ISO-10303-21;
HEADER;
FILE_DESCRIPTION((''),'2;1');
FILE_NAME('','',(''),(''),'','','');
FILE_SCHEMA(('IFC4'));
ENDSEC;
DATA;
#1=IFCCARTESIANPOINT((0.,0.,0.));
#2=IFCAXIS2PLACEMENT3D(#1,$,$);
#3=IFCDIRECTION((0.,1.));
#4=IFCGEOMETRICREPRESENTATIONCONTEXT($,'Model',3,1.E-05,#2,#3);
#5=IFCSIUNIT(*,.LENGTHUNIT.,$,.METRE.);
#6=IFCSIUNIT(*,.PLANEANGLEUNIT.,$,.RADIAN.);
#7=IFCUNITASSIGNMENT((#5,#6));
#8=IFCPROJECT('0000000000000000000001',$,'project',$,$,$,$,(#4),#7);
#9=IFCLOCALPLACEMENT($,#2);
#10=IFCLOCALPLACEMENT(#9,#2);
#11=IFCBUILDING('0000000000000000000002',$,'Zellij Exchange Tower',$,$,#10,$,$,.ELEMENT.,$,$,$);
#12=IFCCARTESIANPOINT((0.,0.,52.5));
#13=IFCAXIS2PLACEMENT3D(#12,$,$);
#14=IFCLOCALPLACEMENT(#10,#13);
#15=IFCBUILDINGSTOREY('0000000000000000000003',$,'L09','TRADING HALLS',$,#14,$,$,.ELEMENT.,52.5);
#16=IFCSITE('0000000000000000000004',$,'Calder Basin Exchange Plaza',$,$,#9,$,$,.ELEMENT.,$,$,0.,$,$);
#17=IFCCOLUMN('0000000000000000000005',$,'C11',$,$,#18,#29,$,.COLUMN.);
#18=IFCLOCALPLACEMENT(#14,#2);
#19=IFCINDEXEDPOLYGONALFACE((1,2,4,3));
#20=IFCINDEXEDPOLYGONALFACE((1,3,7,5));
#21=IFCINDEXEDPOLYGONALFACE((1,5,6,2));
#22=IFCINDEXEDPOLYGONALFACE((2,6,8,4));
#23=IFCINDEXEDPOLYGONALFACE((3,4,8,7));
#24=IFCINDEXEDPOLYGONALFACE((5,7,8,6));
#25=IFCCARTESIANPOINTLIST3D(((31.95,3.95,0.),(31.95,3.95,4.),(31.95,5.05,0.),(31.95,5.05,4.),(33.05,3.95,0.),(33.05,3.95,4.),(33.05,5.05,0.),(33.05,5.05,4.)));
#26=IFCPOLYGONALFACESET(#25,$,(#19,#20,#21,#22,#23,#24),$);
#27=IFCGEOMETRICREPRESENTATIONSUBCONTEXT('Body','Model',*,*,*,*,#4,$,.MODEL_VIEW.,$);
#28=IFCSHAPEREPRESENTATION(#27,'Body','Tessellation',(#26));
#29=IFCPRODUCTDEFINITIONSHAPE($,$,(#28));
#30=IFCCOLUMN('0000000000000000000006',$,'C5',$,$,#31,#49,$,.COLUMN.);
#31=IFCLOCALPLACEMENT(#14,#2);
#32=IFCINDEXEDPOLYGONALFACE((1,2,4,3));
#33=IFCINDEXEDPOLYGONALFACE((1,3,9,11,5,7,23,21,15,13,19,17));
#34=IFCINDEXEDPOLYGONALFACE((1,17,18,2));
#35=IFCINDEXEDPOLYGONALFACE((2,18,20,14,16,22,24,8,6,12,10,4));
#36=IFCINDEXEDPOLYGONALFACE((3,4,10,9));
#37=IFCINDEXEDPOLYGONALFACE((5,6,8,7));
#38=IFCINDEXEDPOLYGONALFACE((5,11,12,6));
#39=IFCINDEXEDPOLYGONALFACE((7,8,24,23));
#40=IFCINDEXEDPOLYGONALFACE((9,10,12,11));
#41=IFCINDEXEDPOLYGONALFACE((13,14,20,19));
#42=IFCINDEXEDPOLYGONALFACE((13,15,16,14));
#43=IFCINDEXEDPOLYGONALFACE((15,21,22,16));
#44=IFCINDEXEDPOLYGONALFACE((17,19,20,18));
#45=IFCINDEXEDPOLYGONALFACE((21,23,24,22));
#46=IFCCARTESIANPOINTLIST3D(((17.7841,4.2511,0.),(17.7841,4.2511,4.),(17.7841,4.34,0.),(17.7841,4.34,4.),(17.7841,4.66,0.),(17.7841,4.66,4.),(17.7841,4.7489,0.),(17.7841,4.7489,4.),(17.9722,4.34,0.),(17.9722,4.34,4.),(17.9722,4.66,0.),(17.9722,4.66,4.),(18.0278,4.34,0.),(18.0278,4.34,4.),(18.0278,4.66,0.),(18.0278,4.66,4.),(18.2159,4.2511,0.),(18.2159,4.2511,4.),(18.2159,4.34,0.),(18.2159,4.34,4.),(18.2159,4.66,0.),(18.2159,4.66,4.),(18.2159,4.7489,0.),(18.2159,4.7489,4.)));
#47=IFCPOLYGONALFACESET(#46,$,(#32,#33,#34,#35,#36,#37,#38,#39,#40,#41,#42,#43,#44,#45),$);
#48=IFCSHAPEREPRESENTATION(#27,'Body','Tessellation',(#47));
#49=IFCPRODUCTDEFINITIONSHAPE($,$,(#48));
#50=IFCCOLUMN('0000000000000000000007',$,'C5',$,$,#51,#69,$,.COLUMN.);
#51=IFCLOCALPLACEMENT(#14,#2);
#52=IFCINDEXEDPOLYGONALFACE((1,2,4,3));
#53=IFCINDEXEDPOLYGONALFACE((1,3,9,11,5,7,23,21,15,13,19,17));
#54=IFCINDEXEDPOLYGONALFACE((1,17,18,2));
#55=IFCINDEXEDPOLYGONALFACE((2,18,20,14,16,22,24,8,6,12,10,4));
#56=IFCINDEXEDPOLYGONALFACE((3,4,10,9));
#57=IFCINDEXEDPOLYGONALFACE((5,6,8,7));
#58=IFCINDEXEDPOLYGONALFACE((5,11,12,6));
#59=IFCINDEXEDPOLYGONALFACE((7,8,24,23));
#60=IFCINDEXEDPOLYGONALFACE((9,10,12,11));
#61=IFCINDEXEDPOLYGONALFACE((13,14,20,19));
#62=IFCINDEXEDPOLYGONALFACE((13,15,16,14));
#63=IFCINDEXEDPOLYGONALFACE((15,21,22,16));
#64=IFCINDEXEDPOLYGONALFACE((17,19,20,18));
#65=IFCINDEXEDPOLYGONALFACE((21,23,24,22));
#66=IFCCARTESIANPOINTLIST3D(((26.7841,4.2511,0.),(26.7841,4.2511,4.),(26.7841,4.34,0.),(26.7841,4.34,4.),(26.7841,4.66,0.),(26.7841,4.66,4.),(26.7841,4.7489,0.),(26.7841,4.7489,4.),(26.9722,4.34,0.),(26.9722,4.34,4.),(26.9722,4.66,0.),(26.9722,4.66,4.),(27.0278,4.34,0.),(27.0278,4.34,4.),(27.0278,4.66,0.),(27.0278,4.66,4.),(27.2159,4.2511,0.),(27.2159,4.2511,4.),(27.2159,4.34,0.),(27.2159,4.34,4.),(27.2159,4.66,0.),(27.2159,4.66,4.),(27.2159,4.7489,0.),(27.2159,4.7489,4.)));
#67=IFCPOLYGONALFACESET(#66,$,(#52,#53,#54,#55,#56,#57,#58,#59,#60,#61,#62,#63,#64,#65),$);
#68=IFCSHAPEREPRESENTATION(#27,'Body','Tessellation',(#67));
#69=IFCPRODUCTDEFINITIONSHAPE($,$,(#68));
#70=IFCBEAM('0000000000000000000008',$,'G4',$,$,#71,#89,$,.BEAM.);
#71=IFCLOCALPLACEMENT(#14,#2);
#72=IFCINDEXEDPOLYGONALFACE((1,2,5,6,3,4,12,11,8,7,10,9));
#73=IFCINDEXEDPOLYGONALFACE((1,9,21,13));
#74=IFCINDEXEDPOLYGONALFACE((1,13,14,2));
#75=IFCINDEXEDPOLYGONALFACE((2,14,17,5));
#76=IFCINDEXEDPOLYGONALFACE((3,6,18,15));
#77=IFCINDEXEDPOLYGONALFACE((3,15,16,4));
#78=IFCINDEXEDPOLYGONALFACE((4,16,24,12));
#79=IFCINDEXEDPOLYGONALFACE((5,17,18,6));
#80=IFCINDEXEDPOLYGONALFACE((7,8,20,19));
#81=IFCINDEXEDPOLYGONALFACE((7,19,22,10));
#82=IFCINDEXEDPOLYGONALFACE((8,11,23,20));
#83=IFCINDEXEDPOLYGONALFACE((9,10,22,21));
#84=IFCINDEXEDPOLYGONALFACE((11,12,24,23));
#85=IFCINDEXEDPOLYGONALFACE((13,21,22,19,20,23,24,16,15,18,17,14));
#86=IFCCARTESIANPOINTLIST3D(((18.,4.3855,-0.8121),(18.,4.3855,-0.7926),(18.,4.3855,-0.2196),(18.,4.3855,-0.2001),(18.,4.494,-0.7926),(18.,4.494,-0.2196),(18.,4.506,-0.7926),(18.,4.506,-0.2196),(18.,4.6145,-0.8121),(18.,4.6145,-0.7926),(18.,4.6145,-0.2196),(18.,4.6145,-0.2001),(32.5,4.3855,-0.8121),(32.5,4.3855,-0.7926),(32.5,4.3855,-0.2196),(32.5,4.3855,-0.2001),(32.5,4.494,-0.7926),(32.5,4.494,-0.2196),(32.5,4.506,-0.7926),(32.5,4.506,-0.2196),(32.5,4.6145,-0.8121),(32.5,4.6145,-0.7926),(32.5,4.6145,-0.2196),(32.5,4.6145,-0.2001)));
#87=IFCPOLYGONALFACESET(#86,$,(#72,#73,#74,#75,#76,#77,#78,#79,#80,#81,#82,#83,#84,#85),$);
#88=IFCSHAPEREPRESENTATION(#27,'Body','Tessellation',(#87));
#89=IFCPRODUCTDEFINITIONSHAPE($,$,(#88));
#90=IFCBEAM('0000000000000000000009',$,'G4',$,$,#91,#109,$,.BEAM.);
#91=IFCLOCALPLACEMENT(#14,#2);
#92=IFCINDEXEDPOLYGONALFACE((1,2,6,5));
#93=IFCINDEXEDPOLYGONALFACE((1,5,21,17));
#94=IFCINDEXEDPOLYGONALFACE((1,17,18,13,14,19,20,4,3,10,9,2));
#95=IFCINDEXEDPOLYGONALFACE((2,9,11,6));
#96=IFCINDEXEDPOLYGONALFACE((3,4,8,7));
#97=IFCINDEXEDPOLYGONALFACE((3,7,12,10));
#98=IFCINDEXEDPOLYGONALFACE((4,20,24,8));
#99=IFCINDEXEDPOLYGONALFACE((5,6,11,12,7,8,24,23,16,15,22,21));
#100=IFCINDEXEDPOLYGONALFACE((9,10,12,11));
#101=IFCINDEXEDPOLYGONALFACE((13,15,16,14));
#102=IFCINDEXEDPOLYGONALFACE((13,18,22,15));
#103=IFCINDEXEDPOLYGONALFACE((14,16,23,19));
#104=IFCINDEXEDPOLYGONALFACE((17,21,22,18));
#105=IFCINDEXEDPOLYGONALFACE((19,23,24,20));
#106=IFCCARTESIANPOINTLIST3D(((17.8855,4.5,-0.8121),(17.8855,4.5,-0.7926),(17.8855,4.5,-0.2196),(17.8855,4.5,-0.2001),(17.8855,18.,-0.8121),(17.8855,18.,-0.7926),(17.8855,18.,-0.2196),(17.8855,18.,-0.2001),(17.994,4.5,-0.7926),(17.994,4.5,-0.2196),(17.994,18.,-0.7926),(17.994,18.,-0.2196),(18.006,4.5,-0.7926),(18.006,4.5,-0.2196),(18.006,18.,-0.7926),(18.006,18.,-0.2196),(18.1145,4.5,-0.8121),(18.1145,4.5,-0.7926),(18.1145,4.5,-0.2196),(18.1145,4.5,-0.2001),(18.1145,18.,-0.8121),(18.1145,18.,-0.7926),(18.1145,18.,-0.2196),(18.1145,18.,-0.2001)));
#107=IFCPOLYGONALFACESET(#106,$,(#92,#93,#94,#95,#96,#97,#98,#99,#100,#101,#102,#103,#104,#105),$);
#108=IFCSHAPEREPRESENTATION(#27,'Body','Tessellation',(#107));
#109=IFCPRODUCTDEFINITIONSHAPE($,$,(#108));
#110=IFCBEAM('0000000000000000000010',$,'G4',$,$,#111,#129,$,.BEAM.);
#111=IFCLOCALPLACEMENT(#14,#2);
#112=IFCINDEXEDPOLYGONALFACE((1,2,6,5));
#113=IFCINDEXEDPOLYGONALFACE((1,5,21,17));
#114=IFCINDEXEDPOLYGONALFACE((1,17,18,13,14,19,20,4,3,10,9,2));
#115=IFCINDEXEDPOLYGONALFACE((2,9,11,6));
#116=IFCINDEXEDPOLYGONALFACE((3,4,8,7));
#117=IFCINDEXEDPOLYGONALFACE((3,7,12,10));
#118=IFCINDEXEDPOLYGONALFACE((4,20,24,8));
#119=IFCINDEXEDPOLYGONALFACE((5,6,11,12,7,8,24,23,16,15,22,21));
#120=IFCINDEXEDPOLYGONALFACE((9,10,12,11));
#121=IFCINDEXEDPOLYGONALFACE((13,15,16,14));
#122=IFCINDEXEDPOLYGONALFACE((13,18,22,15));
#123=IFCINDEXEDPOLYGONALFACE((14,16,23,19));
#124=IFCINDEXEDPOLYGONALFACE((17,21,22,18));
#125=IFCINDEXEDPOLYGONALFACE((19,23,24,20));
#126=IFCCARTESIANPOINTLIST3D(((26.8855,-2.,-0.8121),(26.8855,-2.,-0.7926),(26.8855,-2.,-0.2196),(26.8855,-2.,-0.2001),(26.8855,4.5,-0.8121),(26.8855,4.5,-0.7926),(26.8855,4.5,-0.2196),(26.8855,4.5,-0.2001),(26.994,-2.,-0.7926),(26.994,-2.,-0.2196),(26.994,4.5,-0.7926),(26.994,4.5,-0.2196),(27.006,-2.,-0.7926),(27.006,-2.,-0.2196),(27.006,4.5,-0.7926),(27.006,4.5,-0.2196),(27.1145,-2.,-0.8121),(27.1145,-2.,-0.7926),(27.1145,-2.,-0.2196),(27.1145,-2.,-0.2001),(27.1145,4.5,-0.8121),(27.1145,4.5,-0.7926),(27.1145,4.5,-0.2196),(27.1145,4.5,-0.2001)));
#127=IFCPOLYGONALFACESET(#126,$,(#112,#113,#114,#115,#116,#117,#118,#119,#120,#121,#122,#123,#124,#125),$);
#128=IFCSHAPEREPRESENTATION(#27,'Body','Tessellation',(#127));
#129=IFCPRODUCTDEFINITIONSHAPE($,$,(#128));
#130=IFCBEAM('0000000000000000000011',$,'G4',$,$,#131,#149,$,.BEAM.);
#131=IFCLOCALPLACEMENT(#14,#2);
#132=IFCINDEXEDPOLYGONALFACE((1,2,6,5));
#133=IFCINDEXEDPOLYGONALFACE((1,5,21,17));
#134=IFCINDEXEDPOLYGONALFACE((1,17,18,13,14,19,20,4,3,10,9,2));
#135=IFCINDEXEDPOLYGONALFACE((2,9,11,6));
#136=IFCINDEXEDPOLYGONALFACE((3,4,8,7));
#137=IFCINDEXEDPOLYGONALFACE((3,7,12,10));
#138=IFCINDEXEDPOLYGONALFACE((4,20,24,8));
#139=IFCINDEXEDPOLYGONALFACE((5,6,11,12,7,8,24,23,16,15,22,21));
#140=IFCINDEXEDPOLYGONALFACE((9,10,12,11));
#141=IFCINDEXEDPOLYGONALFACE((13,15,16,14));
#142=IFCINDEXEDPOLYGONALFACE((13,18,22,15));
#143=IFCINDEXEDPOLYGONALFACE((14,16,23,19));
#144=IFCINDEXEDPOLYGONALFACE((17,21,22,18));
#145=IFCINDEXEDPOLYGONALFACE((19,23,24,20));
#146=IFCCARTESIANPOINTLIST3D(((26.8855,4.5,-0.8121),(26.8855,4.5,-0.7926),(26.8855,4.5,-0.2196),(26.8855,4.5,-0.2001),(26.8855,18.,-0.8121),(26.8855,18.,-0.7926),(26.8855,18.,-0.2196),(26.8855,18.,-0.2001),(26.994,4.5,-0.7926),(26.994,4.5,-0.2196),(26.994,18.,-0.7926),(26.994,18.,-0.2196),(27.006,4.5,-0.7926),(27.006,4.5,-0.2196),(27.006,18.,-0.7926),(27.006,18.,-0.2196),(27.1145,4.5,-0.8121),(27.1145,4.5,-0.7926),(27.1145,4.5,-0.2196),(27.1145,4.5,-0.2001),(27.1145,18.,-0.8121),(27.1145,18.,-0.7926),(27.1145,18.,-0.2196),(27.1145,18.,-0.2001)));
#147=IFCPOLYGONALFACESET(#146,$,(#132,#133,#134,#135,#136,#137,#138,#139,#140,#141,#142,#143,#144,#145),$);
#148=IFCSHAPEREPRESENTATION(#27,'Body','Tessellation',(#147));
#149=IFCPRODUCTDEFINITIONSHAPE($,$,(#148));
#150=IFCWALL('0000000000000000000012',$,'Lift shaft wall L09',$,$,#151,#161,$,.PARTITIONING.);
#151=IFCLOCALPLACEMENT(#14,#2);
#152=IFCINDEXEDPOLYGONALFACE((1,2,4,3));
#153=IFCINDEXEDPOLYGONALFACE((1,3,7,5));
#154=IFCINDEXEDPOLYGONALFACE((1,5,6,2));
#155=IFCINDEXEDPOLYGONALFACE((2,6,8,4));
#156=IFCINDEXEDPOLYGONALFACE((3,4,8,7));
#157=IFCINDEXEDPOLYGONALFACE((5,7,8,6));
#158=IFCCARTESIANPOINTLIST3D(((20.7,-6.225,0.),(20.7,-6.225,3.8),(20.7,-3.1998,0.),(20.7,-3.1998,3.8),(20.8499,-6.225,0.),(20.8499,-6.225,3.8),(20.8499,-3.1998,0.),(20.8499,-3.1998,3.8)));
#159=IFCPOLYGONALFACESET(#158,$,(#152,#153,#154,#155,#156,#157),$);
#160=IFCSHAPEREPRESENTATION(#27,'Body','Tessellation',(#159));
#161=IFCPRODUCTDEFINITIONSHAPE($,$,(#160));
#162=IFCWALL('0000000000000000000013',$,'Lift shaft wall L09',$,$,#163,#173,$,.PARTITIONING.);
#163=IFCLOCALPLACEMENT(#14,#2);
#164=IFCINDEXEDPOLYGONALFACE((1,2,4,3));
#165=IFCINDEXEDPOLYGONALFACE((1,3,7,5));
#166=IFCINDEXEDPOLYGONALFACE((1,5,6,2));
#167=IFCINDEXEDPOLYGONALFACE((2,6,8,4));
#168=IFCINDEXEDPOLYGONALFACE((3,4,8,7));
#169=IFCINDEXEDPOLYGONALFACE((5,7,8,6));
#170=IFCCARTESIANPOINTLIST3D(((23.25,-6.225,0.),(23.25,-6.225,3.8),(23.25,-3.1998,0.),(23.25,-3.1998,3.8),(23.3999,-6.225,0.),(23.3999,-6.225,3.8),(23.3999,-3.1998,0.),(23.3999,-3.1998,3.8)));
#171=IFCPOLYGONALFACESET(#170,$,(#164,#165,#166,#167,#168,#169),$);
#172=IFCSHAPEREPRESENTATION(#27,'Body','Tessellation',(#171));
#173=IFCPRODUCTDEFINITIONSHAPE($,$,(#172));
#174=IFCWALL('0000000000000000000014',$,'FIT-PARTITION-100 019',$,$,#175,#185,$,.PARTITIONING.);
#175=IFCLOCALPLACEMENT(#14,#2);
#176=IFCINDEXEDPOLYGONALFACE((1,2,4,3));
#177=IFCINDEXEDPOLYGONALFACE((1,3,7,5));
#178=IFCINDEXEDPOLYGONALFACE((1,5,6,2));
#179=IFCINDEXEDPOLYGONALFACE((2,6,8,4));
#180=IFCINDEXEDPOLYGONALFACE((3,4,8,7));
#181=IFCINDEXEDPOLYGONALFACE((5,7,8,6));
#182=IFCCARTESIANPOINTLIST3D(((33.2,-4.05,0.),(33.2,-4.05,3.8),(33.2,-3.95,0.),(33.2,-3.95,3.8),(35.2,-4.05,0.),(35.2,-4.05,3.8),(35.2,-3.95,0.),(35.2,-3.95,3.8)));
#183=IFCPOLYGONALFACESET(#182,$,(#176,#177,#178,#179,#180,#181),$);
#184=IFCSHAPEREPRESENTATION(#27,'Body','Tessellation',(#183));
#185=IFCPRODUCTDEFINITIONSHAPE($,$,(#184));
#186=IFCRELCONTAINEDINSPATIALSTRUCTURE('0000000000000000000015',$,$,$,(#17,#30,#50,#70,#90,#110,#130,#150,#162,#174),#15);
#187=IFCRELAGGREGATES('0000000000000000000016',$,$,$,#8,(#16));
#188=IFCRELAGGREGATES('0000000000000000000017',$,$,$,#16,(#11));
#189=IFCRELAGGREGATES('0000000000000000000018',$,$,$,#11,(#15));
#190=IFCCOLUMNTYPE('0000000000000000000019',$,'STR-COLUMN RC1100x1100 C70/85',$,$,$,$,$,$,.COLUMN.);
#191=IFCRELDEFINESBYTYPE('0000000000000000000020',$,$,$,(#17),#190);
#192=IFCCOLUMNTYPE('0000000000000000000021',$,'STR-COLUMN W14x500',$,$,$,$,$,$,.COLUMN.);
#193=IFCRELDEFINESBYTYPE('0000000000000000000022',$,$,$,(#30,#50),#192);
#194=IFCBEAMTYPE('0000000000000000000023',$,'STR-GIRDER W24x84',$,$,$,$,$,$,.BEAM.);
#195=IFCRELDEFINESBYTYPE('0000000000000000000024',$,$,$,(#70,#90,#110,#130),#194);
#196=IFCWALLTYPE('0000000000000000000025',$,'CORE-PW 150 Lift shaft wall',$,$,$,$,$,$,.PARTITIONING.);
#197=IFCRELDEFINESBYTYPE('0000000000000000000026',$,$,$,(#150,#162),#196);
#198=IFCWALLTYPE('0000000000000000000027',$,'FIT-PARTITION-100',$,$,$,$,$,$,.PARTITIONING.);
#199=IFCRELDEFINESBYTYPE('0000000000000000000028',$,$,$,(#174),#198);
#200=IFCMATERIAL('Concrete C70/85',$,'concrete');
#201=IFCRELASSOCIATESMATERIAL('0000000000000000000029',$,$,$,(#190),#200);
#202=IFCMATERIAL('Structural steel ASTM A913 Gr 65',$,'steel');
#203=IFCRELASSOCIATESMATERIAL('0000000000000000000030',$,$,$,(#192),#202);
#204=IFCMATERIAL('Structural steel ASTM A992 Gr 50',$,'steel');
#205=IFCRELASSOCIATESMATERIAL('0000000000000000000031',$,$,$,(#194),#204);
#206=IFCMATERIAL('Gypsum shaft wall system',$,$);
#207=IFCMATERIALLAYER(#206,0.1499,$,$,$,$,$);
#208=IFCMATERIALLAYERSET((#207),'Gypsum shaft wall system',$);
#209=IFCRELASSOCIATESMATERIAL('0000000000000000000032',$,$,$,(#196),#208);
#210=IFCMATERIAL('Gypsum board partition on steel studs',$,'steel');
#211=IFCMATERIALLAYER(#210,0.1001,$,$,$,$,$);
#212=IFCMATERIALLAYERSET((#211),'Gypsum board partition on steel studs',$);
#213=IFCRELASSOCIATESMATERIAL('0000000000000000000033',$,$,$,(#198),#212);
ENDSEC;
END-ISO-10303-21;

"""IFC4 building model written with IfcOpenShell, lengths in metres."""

from ifc_helpers import new_model, si_unit, direction, frame, frame_2d, origin, origin_2d, place, context, subcontext, project, spatial, rectangle, i_section, extrude, material, layer, layer_set, material_profile, profile_set, type_object, element, save


model = new_model("IFC4")

# Units and contexts
model_context = context("Model", 3, precision=1e-05, world=origin(), true_north=direction((0.0, 1.0)))
body_context = subcontext(model_context, "Body", "Model", "MODEL_VIEW")
ifc_project = project(units=[si_unit("LENGTHUNIT", "METRE"), si_unit("PLANEANGLEUNIT", "RADIAN")], contexts=[model_context])

# Site, building, storey
site_placement = place(None, origin())
site = spatial("IfcSite", under=ifc_project, at=site_placement, Name="Calder Basin Exchange Plaza", CompositionType="ELEMENT", RefElevation=0.0)
building_placement = place(site_placement, origin())
building = spatial("IfcBuilding", under=site, at=building_placement, Name="Zellij Exchange Tower", CompositionType="ELEMENT")
storey_placement = place(building_placement, frame((0.0, 0.0, 52.5)))
storey = spatial("IfcBuildingStorey", under=building, at=storey_placement, Name="L09", Description="TRADING HALLS", CompositionType="ELEMENT", Elevation=52.5)

# Columns
ifc_material_1 = material(Name="Concrete C70/85", Category="concrete")
ifc_material_profile_1 = material_profile(ifc_material_1, rectangle(XDim=1.1001, YDim=1.1001, at=origin_2d()), Name="STR-COLUMN RC1100x1100 C70/85")
ifc_profile_set_1 = profile_set([ifc_material_profile_1], Name="Concrete C70/85")
column_type_1 = type_object("IfcColumnType", Name="STR-COLUMN RC1100x1100 C70/85", PredefinedType="COLUMN", material=ifc_profile_set_1)
column_placement = place(storey_placement, frame((32.5, 4.5, 0.0), z_axis=(0.0, 0.0, 1.0), x_axis=(1.0, 0.0, 0.0)))
element("IfcColumn", 1, at=column_placement, inside=storey, type_object=column_type_1, Name="C11", PredefinedType="COLUMN", context=body_context, shape_type="SweptSolid", body=[
    extrude(rectangle(XDim=1.1001, YDim=1.1001, at=origin_2d()), origin(), (0.0, 0.0, 1.0), 4.0),
])
ifc_material_2 = material(Name="Structural steel ASTM A913 Gr 65", Category="steel")
ifc_material_profile_2 = material_profile(ifc_material_2, i_section(OverallWidth=0.4319, OverallDepth=0.4978, WebThickness=0.0557, FlangeThickness=0.0889, at=origin_2d()), Name="W14x500")
ifc_profile_set_2 = profile_set([ifc_material_profile_2], Name="Structural steel ASTM A913 Gr 65")
column_type_2 = type_object("IfcColumnType", Name="STR-COLUMN W14x500", PredefinedType="COLUMN", material=ifc_profile_set_2)
for number, where, z_axis, x_axis, name in (
    (2, (18.0, 4.5, 0.0), (0.0, 0.0, 1.0), (1.0, 0.0, 0.0), "C5"),
    (3, (27.0, 4.5, 0.0), (0.0, 0.0, 1.0), (1.0, 0.0, 0.0), "C5"),
):
    element("IfcColumn", number, at=place(storey_placement, frame(where, z_axis=z_axis, x_axis=x_axis)), inside=storey, type_object=column_type_2, Name=name, PredefinedType="COLUMN", context=body_context, shape_type="SweptSolid", body=[
        extrude(i_section(OverallWidth=0.4319, OverallDepth=0.4978, WebThickness=0.0557, FlangeThickness=0.0889, at=origin_2d()), origin(), (0.0, 0.0, 1.0), 4.0),
    ])

# Beams
ifc_material_3 = material(Name="Structural steel ASTM A992 Gr 50", Category="steel")
ifc_material_profile_3 = material_profile(ifc_material_3, i_section(OverallWidth=0.229, OverallDepth=0.6121, WebThickness=0.012, FlangeThickness=0.0195, at=origin_2d()), Name="W24x84")
ifc_profile_set_3 = profile_set([ifc_material_profile_3], Name="Structural steel ASTM A992 Gr 50")
beam_type = type_object("IfcBeamType", Name="STR-GIRDER W24x84", PredefinedType="BEAM", material=ifc_profile_set_3)
beam_1_placement = place(storey_placement, frame((18.0, 4.5, -0.5061), z_axis=(1.0, 0.0, 0.0), x_axis=(0.0, 1.0, 0.0)))
element("IfcBeam", 4, at=beam_1_placement, inside=storey, type_object=beam_type, Name="G4", PredefinedType="BEAM", context=body_context, shape_type="SweptSolid", body=[
    extrude(i_section(OverallWidth=0.229, OverallDepth=0.6121, WebThickness=0.012, FlangeThickness=0.0195, at=origin_2d()), origin(), (0.0, 0.0, 1.0), 14.5),
])
beam_2_placement = place(storey_placement, frame((18.0, 4.5, -0.5061), z_axis=(0.0, 1.0, 0.0), x_axis=(-1.0, 0.0, 0.0)))
element("IfcBeam", 5, at=beam_2_placement, inside=storey, type_object=beam_type, Name="G4", PredefinedType="BEAM", context=body_context, shape_type="SweptSolid", body=[
    extrude(i_section(OverallWidth=0.229, OverallDepth=0.6121, WebThickness=0.012, FlangeThickness=0.0195, at=origin_2d()), origin(), (0.0, 0.0, 1.0), 13.5),
])
beam_3_placement = place(storey_placement, frame((27.0, -2.0, -0.5061), z_axis=(0.0, 1.0, 0.0), x_axis=(-1.0, 0.0, 0.0)))
element("IfcBeam", 6, at=beam_3_placement, inside=storey, type_object=beam_type, Name="G4", PredefinedType="BEAM", context=body_context, shape_type="SweptSolid", body=[
    extrude(i_section(OverallWidth=0.229, OverallDepth=0.6121, WebThickness=0.012, FlangeThickness=0.0195, at=origin_2d()), origin(), (0.0, 0.0, 1.0), 6.5),
])
beam_4_placement = place(storey_placement, frame((27.0, 4.5, -0.5061), z_axis=(0.0, 1.0, 0.0), x_axis=(-1.0, 0.0, 0.0)))
element("IfcBeam", 7, at=beam_4_placement, inside=storey, type_object=beam_type, Name="G4", PredefinedType="BEAM", context=body_context, shape_type="SweptSolid", body=[
    extrude(i_section(OverallWidth=0.229, OverallDepth=0.6121, WebThickness=0.012, FlangeThickness=0.0195, at=origin_2d()), origin(), (0.0, 0.0, 1.0), 13.5),
])

# Walls
ifc_material_4 = material(Name="Gypsum shaft wall system")
ifc_layer_1 = layer(ifc_material_4, 0.1499)
ifc_layer_set_1 = layer_set([ifc_layer_1], Name="Gypsum shaft wall system")
wall_type_1 = type_object("IfcWallType", Name="CORE-PW 150 Lift shaft wall", PredefinedType="PARTITIONING", material=ifc_layer_set_1)
for number, where, z_axis, x_axis, name in (
    (8, (20.7749, -6.2251, 0.0), (0.0, 0.0, 1.0), (0.0, 1.0, 0.0), "Lift shaft wall L09"),
    (9, (23.325, -6.2251, 0.0), (0.0, 0.0, 1.0), (0.0, 1.0, 0.0), "Lift shaft wall L09"),
):
    element("IfcWall", number, at=place(storey_placement, frame(where, z_axis=z_axis, x_axis=x_axis)), inside=storey, type_object=wall_type_1, Name=name, PredefinedType="PARTITIONING", context=body_context, shape_type="SweptSolid", body=[
        extrude(rectangle(XDim=3.0251, YDim=0.1499, at=frame_2d((1.5127, 0.0))), origin(), (0.0, 0.0, 1.0), 3.8),
    ])
ifc_material_5 = material(Name="Gypsum board partition on steel studs", Category="steel")
ifc_layer_2 = layer(ifc_material_5, 0.1001)
ifc_layer_set_2 = layer_set([ifc_layer_2], Name="Gypsum board partition on steel studs")
wall_type_2 = type_object("IfcWallType", Name="FIT-PARTITION-100", PredefinedType="PARTITIONING", material=ifc_layer_set_2)
for number, where, z_axis, x_axis, name in (
    (10, (33.2, -4.0, 0.0), (0.0, 0.0, 1.0), (1.0, 0.0, 0.0), "FIT-PARTITION-100 019"),
):
    element("IfcWall", number, at=place(storey_placement, frame(where, z_axis=z_axis, x_axis=x_axis)), inside=storey, type_object=wall_type_2, Name=name, PredefinedType="PARTITIONING", context=body_context, shape_type="SweptSolid", body=[
        extrude(rectangle(XDim=2.0, YDim=0.1001, at=frame_2d((1.0, 0.0))), origin(), (0.0, 0.0, 1.0), 3.8),
    ])

save(model, "model.ifc")
